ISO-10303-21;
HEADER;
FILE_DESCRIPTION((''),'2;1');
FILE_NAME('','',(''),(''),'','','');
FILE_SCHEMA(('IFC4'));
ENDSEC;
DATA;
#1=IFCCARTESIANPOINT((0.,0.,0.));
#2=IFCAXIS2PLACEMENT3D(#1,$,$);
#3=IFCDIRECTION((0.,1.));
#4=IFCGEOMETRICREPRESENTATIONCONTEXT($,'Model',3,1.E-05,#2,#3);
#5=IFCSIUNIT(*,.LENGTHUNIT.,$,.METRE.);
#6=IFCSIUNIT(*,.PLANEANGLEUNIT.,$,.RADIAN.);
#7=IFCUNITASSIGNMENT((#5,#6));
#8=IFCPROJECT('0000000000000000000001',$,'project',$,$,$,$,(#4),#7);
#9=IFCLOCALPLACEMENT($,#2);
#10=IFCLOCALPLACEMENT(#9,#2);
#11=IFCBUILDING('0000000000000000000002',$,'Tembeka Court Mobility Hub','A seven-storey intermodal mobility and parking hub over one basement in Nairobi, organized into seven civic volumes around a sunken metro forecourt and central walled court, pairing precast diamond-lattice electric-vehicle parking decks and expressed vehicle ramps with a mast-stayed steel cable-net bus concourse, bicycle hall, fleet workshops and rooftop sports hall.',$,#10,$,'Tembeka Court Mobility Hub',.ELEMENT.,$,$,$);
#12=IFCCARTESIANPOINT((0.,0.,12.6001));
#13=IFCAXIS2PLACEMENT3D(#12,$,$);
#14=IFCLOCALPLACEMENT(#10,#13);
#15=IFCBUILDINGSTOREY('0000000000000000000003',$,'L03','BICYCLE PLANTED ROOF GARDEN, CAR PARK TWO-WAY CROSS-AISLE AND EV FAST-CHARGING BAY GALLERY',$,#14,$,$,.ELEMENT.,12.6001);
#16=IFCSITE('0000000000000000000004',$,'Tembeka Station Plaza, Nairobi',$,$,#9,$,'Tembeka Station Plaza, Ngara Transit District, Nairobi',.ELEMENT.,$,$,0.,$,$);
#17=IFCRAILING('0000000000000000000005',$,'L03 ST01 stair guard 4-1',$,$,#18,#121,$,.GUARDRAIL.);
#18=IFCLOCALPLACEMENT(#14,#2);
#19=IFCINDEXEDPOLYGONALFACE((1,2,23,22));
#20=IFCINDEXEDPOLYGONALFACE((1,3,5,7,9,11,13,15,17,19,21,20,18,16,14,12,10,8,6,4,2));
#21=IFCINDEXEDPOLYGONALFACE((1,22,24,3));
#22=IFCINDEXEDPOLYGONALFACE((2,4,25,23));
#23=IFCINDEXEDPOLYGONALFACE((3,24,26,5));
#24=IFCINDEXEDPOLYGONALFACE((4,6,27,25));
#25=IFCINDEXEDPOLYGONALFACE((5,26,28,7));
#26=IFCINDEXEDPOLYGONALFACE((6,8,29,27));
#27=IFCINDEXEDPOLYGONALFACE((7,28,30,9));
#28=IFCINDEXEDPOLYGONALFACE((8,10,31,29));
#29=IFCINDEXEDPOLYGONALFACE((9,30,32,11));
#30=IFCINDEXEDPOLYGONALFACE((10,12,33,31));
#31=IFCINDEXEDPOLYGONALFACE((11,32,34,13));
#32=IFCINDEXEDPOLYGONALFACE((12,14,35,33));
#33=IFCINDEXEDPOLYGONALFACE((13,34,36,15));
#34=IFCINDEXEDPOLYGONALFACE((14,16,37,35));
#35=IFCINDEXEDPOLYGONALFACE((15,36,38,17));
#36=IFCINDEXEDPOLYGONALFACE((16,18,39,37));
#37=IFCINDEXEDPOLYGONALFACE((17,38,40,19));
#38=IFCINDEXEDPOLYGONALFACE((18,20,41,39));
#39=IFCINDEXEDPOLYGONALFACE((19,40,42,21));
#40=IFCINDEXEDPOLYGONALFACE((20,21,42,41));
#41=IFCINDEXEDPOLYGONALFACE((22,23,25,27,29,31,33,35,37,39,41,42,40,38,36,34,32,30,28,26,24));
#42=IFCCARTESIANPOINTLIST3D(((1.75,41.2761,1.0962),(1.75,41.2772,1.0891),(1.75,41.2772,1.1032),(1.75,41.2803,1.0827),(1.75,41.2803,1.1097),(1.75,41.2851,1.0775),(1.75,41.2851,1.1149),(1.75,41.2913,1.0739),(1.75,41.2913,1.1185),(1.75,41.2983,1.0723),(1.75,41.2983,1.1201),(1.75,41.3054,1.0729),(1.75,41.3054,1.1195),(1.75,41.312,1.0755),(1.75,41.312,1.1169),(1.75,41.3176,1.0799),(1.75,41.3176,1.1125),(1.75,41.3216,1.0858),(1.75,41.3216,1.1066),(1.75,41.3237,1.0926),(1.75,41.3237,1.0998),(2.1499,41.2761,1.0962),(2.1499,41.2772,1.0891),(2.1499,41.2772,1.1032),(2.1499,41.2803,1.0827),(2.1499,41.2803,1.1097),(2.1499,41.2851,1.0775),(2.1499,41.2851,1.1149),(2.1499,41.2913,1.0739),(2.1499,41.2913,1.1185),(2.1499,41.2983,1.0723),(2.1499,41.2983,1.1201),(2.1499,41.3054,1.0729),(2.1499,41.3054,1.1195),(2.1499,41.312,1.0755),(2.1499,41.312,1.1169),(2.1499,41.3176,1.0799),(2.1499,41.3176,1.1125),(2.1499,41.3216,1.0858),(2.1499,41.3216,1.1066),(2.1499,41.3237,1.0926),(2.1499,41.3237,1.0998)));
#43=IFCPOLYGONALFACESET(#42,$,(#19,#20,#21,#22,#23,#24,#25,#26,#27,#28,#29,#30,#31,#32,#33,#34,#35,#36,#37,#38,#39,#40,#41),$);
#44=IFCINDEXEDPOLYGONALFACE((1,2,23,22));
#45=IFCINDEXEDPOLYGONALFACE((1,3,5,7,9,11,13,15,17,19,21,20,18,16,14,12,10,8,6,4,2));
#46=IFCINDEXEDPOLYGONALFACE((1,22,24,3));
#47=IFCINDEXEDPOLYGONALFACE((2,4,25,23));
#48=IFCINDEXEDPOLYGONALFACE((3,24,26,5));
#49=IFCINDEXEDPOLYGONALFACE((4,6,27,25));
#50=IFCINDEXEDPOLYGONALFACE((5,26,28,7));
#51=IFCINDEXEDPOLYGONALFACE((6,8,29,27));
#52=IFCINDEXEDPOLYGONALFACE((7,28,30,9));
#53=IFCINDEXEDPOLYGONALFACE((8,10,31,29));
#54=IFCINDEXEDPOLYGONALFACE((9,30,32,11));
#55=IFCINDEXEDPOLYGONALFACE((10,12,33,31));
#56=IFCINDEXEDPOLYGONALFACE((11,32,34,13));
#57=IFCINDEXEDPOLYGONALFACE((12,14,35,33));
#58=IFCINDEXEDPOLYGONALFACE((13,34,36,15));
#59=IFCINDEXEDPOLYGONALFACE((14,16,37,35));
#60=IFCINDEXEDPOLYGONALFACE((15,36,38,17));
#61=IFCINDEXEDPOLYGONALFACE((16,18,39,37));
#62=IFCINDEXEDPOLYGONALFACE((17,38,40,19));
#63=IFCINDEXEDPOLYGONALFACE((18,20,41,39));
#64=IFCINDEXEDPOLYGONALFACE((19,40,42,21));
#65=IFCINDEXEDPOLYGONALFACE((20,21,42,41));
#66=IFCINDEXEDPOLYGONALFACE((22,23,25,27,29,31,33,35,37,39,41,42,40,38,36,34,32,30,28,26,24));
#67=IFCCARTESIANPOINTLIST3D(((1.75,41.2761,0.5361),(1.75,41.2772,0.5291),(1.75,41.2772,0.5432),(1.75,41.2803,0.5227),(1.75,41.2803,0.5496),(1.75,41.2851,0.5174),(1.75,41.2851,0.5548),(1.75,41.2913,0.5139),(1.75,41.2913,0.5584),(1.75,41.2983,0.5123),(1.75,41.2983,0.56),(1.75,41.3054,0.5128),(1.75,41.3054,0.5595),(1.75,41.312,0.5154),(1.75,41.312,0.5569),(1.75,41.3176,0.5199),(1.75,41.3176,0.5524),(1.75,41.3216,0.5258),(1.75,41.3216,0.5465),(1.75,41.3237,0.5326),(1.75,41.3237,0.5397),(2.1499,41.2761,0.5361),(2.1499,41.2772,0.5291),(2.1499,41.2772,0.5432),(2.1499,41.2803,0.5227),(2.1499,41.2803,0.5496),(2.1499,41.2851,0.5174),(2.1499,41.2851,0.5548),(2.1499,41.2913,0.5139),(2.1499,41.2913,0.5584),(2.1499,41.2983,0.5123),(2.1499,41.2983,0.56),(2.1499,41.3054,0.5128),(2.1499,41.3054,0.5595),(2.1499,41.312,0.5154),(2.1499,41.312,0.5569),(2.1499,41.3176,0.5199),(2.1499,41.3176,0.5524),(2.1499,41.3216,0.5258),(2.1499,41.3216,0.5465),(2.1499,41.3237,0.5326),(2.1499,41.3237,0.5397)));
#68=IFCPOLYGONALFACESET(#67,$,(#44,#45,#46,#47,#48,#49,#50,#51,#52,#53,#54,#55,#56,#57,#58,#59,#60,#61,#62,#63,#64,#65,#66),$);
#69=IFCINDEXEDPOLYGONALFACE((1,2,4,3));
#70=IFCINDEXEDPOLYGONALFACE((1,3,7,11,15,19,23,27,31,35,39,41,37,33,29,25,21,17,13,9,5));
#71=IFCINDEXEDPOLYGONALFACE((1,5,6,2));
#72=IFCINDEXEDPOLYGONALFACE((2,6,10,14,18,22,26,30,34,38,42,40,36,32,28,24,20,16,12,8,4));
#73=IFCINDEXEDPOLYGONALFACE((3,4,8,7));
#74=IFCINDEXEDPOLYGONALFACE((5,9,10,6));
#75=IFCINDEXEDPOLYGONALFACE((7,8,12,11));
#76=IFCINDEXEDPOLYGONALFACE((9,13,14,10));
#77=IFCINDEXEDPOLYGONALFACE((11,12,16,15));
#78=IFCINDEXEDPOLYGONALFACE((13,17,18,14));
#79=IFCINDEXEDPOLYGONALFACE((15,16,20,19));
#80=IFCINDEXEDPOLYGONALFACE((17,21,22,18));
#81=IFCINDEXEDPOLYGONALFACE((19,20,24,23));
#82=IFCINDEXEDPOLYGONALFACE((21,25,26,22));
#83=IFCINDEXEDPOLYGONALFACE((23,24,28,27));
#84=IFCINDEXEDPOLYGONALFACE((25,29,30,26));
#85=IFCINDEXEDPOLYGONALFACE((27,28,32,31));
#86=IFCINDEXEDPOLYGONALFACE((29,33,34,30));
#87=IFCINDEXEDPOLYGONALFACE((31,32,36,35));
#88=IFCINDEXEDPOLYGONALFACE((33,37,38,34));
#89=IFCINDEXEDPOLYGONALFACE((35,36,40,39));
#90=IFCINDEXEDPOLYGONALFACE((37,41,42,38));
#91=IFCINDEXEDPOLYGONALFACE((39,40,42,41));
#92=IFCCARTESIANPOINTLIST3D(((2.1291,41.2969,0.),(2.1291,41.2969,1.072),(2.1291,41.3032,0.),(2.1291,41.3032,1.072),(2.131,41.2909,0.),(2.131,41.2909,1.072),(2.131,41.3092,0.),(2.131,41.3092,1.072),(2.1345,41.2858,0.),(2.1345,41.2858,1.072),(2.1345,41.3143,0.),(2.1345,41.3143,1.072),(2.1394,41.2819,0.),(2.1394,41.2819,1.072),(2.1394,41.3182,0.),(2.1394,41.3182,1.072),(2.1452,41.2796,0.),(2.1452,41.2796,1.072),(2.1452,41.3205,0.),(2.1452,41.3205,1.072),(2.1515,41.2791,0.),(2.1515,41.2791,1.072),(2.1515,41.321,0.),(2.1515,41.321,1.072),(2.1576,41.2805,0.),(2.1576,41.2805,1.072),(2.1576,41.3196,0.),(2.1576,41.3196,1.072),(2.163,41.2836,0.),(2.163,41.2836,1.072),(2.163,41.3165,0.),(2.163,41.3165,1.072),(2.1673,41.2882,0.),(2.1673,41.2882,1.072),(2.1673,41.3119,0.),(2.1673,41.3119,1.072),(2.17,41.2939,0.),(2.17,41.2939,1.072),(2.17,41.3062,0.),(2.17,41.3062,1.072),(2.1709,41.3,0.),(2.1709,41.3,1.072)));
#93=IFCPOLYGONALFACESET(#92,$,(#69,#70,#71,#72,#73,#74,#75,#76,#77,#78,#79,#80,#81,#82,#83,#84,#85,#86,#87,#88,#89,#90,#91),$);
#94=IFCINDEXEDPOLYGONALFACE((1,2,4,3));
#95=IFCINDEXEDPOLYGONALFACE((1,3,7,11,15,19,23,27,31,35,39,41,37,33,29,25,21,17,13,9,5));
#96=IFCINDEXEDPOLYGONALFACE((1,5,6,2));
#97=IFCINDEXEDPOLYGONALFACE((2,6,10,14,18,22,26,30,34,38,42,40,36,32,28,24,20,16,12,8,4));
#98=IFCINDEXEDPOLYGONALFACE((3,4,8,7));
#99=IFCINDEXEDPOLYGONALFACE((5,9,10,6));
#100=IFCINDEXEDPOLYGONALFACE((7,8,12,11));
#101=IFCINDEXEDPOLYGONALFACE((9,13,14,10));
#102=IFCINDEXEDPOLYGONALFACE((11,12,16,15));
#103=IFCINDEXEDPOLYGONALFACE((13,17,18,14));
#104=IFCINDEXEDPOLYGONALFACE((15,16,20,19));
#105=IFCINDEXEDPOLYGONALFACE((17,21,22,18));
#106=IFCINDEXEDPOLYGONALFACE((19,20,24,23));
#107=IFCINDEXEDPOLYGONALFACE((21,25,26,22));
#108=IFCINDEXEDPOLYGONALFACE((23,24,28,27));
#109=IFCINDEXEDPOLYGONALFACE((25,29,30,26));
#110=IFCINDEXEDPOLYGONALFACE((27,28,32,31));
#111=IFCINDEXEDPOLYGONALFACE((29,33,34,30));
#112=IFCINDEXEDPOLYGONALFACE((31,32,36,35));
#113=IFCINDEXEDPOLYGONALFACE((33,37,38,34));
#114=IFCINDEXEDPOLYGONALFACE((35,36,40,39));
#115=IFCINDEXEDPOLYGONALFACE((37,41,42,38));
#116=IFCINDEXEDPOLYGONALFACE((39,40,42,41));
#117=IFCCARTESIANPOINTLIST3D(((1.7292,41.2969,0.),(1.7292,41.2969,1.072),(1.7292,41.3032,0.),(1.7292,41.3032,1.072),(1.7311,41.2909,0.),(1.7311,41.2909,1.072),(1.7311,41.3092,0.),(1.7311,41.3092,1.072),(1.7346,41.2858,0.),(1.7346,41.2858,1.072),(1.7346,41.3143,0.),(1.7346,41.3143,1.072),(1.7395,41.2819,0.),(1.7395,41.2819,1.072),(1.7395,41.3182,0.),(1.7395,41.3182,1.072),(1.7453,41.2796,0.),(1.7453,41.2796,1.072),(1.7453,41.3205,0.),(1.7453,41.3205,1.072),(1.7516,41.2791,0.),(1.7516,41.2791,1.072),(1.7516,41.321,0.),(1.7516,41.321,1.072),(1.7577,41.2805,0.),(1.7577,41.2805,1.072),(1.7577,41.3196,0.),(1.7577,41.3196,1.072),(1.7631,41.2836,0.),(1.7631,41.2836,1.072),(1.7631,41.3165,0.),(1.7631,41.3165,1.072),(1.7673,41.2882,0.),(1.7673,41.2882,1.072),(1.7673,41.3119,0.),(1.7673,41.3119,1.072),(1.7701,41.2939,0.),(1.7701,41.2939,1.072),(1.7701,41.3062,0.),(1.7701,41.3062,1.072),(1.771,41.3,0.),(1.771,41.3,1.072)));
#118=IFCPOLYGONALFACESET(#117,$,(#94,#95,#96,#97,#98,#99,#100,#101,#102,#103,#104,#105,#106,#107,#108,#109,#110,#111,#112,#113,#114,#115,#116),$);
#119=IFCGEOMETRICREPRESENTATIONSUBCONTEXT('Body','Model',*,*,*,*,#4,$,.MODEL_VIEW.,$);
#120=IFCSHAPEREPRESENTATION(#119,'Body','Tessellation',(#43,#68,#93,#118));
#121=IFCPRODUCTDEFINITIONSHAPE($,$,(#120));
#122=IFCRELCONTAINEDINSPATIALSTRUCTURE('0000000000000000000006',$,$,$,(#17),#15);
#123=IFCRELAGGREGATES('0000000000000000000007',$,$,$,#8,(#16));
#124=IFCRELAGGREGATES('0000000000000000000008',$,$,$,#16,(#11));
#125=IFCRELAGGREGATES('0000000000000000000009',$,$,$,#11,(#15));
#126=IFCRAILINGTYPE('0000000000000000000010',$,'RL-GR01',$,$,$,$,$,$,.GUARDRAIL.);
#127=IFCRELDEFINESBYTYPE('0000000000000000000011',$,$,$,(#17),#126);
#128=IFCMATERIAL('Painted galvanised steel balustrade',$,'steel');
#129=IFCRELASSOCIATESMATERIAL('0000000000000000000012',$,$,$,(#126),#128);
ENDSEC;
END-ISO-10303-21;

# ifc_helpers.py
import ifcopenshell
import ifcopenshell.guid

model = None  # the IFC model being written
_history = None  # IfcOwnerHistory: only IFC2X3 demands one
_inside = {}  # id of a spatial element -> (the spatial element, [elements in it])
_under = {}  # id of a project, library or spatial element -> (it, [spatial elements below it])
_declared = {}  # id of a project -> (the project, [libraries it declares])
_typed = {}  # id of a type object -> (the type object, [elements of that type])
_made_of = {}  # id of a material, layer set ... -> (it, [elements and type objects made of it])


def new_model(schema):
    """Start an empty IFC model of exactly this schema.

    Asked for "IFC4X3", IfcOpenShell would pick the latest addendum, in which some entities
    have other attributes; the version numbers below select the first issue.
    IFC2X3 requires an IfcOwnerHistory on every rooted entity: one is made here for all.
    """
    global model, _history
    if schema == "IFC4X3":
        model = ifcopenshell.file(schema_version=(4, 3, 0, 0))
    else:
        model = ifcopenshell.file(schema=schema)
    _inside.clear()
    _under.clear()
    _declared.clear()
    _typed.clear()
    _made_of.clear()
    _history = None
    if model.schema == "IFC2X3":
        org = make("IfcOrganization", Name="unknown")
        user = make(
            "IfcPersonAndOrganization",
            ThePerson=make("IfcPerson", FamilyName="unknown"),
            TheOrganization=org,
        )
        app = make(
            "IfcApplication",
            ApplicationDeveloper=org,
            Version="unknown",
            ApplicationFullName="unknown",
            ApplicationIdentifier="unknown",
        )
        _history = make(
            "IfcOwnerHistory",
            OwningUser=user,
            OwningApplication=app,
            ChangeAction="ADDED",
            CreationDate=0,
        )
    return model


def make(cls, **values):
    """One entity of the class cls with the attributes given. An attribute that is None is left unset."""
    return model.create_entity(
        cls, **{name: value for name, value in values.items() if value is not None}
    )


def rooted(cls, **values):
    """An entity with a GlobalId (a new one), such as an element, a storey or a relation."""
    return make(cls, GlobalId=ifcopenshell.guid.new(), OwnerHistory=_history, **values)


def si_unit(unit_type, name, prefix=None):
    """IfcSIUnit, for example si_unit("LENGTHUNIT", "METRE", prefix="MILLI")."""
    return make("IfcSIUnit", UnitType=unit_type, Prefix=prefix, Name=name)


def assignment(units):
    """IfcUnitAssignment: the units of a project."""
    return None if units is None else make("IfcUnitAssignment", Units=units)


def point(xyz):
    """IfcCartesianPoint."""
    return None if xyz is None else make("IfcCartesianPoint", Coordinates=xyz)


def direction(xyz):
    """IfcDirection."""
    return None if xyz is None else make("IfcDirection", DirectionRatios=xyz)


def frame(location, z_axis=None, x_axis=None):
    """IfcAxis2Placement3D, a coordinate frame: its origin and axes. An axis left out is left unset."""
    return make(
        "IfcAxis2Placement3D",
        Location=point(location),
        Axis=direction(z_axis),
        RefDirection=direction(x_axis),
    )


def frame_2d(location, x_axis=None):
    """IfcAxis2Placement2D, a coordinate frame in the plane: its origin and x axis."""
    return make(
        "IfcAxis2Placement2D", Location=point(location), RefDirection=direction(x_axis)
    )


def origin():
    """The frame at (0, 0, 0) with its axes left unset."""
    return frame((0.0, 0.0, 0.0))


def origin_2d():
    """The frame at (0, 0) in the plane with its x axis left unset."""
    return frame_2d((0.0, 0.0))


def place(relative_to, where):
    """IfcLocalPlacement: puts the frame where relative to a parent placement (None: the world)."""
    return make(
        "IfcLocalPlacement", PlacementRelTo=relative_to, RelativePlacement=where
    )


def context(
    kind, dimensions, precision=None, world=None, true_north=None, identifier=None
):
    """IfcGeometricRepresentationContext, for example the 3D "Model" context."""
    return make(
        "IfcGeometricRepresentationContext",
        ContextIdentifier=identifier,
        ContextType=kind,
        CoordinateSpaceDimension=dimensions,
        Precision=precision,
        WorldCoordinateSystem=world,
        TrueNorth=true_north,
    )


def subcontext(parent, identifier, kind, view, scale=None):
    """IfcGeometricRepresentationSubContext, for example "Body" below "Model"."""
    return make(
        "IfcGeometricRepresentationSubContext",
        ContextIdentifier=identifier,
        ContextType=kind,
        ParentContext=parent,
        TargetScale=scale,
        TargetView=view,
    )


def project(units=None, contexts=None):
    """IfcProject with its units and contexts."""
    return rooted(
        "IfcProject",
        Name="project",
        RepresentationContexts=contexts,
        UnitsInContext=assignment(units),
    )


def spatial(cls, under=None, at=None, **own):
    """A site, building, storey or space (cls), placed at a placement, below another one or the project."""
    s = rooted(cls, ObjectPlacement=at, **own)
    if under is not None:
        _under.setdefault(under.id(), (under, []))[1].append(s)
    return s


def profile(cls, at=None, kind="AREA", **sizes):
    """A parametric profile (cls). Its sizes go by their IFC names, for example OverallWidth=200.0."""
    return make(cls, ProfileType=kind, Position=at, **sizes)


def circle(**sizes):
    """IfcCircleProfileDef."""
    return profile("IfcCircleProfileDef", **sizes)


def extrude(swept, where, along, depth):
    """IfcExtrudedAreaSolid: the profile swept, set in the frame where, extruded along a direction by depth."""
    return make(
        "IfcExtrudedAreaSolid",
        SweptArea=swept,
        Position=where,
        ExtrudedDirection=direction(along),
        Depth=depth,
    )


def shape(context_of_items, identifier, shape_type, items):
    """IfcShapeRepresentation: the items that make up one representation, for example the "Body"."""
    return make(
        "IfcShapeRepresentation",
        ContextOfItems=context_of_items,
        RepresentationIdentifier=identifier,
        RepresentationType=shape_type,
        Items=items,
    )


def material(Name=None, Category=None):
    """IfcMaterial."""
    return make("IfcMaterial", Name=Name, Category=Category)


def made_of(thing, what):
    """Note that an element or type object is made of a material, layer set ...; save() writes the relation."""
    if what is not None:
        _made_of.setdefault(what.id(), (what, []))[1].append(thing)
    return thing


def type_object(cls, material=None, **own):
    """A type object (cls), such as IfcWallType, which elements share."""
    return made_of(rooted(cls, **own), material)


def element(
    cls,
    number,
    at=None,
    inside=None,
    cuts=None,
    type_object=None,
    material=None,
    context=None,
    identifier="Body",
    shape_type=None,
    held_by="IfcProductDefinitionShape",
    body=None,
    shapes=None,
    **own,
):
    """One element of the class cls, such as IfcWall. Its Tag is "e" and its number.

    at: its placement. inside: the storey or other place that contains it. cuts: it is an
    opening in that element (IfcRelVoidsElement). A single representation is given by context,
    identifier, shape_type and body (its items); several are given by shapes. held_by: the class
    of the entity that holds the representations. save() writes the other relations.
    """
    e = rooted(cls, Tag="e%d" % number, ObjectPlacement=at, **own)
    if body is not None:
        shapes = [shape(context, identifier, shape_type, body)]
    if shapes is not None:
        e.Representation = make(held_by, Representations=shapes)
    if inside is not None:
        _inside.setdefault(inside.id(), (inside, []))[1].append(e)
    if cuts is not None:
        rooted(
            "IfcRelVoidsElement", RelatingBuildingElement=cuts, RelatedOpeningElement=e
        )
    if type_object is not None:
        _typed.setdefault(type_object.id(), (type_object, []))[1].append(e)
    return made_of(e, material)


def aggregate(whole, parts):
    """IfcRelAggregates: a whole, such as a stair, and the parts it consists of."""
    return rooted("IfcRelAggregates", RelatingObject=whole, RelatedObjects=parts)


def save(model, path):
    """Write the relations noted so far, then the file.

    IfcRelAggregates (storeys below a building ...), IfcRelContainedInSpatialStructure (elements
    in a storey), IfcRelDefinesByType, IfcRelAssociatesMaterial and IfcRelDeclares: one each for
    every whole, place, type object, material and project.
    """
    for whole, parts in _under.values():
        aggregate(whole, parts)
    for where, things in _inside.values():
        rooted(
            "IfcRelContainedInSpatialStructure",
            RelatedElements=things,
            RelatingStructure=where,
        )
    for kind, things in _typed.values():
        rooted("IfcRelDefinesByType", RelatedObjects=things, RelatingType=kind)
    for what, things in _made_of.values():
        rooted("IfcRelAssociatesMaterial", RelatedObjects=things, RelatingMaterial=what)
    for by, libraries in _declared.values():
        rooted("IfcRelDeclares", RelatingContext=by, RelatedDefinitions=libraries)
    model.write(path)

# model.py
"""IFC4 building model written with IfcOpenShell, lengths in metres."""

from ifc_helpers import new_model, si_unit, direction, frame, origin, origin_2d, place, context, subcontext, project, spatial, circle, extrude, material, type_object, element, save


model = new_model("IFC4")

# Units and contexts
model_context = context("Model", 3, precision=1e-05, world=origin(), true_north=direction((0.0, 1.0)))
body_context = subcontext(model_context, "Body", "Model", "MODEL_VIEW")
ifc_project = project(units=[si_unit("LENGTHUNIT", "METRE"), si_unit("PLANEANGLEUNIT", "RADIAN")], contexts=[model_context])

# Site, building, storey
site_placement = place(None, origin())
site = spatial("IfcSite", under=ifc_project, at=site_placement, Name="Tembeka Station Plaza, Nairobi", LongName="Tembeka Station Plaza, Ngara Transit District, Nairobi", CompositionType="ELEMENT", RefElevation=0.0)
building_placement = place(site_placement, origin())
building = spatial("IfcBuilding", under=site, at=building_placement, Name="Tembeka Court Mobility Hub", Description="A seven-storey intermodal mobility and parking hub over one basement in Nairobi, organized into seven civic volumes around a sunken metro forecourt and central walled court, pairing precast diamond-lattice electric-vehicle parking decks and expressed vehicle ramps with a mast-stayed steel cable-net bus concourse, bicycle hall, fleet workshops and rooftop sports hall.", LongName="Tembeka Court Mobility Hub", CompositionType="ELEMENT")
storey_placement = place(building_placement, frame((0.0, 0.0, 12.6001)))
storey = spatial("IfcBuildingStorey", under=building, at=storey_placement, Name="L03", Description="BICYCLE PLANTED ROOF GARDEN, CAR PARK TWO-WAY CROSS-AISLE AND EV FAST-CHARGING BAY GALLERY", CompositionType="ELEMENT", Elevation=12.6001)

# Railing
ifc_material_1 = material(Name="Painted galvanised steel balustrade", Category="steel")
railing_type_1 = type_object("IfcRailingType", Name="RL-GR01", PredefinedType="GUARDRAIL", material=ifc_material_1)
railing_1_placement = place(storey_placement, frame((2.1499, 41.3, 0.0)))
element("IfcRailing", 1, at=railing_1_placement, inside=storey, type_object=railing_type_1, Name="L03 ST01 stair guard 4-1", PredefinedType="GUARDRAIL", context=body_context, shape_type="SweptSolid", body=[
    extrude(circle(Radius=0.0239, at=origin_2d()), frame((0.0, 0.0, 1.0962), z_axis=(-1.0, 0.0, 0.0), x_axis=(0.0, -1.0, 0.0)), (0.0, 0.0, 1.0), 0.3999),
    extrude(circle(Radius=0.0239, at=origin_2d()), frame((0.0, 0.0, 0.5361), z_axis=(-1.0, 0.0, 0.0), x_axis=(0.0, -1.0, 0.0)), (0.0, 0.0, 1.0), 0.3999),
    extrude(circle(Radius=0.021, at=origin_2d()), origin(), (0.0, 0.0, 1.0), 1.072),
    extrude(circle(Radius=0.021, at=origin_2d()), frame((-0.3999, 0.0, 0.0)), (0.0, 0.0, 1.0), 1.072),
])

save(model, "model.ifc")
